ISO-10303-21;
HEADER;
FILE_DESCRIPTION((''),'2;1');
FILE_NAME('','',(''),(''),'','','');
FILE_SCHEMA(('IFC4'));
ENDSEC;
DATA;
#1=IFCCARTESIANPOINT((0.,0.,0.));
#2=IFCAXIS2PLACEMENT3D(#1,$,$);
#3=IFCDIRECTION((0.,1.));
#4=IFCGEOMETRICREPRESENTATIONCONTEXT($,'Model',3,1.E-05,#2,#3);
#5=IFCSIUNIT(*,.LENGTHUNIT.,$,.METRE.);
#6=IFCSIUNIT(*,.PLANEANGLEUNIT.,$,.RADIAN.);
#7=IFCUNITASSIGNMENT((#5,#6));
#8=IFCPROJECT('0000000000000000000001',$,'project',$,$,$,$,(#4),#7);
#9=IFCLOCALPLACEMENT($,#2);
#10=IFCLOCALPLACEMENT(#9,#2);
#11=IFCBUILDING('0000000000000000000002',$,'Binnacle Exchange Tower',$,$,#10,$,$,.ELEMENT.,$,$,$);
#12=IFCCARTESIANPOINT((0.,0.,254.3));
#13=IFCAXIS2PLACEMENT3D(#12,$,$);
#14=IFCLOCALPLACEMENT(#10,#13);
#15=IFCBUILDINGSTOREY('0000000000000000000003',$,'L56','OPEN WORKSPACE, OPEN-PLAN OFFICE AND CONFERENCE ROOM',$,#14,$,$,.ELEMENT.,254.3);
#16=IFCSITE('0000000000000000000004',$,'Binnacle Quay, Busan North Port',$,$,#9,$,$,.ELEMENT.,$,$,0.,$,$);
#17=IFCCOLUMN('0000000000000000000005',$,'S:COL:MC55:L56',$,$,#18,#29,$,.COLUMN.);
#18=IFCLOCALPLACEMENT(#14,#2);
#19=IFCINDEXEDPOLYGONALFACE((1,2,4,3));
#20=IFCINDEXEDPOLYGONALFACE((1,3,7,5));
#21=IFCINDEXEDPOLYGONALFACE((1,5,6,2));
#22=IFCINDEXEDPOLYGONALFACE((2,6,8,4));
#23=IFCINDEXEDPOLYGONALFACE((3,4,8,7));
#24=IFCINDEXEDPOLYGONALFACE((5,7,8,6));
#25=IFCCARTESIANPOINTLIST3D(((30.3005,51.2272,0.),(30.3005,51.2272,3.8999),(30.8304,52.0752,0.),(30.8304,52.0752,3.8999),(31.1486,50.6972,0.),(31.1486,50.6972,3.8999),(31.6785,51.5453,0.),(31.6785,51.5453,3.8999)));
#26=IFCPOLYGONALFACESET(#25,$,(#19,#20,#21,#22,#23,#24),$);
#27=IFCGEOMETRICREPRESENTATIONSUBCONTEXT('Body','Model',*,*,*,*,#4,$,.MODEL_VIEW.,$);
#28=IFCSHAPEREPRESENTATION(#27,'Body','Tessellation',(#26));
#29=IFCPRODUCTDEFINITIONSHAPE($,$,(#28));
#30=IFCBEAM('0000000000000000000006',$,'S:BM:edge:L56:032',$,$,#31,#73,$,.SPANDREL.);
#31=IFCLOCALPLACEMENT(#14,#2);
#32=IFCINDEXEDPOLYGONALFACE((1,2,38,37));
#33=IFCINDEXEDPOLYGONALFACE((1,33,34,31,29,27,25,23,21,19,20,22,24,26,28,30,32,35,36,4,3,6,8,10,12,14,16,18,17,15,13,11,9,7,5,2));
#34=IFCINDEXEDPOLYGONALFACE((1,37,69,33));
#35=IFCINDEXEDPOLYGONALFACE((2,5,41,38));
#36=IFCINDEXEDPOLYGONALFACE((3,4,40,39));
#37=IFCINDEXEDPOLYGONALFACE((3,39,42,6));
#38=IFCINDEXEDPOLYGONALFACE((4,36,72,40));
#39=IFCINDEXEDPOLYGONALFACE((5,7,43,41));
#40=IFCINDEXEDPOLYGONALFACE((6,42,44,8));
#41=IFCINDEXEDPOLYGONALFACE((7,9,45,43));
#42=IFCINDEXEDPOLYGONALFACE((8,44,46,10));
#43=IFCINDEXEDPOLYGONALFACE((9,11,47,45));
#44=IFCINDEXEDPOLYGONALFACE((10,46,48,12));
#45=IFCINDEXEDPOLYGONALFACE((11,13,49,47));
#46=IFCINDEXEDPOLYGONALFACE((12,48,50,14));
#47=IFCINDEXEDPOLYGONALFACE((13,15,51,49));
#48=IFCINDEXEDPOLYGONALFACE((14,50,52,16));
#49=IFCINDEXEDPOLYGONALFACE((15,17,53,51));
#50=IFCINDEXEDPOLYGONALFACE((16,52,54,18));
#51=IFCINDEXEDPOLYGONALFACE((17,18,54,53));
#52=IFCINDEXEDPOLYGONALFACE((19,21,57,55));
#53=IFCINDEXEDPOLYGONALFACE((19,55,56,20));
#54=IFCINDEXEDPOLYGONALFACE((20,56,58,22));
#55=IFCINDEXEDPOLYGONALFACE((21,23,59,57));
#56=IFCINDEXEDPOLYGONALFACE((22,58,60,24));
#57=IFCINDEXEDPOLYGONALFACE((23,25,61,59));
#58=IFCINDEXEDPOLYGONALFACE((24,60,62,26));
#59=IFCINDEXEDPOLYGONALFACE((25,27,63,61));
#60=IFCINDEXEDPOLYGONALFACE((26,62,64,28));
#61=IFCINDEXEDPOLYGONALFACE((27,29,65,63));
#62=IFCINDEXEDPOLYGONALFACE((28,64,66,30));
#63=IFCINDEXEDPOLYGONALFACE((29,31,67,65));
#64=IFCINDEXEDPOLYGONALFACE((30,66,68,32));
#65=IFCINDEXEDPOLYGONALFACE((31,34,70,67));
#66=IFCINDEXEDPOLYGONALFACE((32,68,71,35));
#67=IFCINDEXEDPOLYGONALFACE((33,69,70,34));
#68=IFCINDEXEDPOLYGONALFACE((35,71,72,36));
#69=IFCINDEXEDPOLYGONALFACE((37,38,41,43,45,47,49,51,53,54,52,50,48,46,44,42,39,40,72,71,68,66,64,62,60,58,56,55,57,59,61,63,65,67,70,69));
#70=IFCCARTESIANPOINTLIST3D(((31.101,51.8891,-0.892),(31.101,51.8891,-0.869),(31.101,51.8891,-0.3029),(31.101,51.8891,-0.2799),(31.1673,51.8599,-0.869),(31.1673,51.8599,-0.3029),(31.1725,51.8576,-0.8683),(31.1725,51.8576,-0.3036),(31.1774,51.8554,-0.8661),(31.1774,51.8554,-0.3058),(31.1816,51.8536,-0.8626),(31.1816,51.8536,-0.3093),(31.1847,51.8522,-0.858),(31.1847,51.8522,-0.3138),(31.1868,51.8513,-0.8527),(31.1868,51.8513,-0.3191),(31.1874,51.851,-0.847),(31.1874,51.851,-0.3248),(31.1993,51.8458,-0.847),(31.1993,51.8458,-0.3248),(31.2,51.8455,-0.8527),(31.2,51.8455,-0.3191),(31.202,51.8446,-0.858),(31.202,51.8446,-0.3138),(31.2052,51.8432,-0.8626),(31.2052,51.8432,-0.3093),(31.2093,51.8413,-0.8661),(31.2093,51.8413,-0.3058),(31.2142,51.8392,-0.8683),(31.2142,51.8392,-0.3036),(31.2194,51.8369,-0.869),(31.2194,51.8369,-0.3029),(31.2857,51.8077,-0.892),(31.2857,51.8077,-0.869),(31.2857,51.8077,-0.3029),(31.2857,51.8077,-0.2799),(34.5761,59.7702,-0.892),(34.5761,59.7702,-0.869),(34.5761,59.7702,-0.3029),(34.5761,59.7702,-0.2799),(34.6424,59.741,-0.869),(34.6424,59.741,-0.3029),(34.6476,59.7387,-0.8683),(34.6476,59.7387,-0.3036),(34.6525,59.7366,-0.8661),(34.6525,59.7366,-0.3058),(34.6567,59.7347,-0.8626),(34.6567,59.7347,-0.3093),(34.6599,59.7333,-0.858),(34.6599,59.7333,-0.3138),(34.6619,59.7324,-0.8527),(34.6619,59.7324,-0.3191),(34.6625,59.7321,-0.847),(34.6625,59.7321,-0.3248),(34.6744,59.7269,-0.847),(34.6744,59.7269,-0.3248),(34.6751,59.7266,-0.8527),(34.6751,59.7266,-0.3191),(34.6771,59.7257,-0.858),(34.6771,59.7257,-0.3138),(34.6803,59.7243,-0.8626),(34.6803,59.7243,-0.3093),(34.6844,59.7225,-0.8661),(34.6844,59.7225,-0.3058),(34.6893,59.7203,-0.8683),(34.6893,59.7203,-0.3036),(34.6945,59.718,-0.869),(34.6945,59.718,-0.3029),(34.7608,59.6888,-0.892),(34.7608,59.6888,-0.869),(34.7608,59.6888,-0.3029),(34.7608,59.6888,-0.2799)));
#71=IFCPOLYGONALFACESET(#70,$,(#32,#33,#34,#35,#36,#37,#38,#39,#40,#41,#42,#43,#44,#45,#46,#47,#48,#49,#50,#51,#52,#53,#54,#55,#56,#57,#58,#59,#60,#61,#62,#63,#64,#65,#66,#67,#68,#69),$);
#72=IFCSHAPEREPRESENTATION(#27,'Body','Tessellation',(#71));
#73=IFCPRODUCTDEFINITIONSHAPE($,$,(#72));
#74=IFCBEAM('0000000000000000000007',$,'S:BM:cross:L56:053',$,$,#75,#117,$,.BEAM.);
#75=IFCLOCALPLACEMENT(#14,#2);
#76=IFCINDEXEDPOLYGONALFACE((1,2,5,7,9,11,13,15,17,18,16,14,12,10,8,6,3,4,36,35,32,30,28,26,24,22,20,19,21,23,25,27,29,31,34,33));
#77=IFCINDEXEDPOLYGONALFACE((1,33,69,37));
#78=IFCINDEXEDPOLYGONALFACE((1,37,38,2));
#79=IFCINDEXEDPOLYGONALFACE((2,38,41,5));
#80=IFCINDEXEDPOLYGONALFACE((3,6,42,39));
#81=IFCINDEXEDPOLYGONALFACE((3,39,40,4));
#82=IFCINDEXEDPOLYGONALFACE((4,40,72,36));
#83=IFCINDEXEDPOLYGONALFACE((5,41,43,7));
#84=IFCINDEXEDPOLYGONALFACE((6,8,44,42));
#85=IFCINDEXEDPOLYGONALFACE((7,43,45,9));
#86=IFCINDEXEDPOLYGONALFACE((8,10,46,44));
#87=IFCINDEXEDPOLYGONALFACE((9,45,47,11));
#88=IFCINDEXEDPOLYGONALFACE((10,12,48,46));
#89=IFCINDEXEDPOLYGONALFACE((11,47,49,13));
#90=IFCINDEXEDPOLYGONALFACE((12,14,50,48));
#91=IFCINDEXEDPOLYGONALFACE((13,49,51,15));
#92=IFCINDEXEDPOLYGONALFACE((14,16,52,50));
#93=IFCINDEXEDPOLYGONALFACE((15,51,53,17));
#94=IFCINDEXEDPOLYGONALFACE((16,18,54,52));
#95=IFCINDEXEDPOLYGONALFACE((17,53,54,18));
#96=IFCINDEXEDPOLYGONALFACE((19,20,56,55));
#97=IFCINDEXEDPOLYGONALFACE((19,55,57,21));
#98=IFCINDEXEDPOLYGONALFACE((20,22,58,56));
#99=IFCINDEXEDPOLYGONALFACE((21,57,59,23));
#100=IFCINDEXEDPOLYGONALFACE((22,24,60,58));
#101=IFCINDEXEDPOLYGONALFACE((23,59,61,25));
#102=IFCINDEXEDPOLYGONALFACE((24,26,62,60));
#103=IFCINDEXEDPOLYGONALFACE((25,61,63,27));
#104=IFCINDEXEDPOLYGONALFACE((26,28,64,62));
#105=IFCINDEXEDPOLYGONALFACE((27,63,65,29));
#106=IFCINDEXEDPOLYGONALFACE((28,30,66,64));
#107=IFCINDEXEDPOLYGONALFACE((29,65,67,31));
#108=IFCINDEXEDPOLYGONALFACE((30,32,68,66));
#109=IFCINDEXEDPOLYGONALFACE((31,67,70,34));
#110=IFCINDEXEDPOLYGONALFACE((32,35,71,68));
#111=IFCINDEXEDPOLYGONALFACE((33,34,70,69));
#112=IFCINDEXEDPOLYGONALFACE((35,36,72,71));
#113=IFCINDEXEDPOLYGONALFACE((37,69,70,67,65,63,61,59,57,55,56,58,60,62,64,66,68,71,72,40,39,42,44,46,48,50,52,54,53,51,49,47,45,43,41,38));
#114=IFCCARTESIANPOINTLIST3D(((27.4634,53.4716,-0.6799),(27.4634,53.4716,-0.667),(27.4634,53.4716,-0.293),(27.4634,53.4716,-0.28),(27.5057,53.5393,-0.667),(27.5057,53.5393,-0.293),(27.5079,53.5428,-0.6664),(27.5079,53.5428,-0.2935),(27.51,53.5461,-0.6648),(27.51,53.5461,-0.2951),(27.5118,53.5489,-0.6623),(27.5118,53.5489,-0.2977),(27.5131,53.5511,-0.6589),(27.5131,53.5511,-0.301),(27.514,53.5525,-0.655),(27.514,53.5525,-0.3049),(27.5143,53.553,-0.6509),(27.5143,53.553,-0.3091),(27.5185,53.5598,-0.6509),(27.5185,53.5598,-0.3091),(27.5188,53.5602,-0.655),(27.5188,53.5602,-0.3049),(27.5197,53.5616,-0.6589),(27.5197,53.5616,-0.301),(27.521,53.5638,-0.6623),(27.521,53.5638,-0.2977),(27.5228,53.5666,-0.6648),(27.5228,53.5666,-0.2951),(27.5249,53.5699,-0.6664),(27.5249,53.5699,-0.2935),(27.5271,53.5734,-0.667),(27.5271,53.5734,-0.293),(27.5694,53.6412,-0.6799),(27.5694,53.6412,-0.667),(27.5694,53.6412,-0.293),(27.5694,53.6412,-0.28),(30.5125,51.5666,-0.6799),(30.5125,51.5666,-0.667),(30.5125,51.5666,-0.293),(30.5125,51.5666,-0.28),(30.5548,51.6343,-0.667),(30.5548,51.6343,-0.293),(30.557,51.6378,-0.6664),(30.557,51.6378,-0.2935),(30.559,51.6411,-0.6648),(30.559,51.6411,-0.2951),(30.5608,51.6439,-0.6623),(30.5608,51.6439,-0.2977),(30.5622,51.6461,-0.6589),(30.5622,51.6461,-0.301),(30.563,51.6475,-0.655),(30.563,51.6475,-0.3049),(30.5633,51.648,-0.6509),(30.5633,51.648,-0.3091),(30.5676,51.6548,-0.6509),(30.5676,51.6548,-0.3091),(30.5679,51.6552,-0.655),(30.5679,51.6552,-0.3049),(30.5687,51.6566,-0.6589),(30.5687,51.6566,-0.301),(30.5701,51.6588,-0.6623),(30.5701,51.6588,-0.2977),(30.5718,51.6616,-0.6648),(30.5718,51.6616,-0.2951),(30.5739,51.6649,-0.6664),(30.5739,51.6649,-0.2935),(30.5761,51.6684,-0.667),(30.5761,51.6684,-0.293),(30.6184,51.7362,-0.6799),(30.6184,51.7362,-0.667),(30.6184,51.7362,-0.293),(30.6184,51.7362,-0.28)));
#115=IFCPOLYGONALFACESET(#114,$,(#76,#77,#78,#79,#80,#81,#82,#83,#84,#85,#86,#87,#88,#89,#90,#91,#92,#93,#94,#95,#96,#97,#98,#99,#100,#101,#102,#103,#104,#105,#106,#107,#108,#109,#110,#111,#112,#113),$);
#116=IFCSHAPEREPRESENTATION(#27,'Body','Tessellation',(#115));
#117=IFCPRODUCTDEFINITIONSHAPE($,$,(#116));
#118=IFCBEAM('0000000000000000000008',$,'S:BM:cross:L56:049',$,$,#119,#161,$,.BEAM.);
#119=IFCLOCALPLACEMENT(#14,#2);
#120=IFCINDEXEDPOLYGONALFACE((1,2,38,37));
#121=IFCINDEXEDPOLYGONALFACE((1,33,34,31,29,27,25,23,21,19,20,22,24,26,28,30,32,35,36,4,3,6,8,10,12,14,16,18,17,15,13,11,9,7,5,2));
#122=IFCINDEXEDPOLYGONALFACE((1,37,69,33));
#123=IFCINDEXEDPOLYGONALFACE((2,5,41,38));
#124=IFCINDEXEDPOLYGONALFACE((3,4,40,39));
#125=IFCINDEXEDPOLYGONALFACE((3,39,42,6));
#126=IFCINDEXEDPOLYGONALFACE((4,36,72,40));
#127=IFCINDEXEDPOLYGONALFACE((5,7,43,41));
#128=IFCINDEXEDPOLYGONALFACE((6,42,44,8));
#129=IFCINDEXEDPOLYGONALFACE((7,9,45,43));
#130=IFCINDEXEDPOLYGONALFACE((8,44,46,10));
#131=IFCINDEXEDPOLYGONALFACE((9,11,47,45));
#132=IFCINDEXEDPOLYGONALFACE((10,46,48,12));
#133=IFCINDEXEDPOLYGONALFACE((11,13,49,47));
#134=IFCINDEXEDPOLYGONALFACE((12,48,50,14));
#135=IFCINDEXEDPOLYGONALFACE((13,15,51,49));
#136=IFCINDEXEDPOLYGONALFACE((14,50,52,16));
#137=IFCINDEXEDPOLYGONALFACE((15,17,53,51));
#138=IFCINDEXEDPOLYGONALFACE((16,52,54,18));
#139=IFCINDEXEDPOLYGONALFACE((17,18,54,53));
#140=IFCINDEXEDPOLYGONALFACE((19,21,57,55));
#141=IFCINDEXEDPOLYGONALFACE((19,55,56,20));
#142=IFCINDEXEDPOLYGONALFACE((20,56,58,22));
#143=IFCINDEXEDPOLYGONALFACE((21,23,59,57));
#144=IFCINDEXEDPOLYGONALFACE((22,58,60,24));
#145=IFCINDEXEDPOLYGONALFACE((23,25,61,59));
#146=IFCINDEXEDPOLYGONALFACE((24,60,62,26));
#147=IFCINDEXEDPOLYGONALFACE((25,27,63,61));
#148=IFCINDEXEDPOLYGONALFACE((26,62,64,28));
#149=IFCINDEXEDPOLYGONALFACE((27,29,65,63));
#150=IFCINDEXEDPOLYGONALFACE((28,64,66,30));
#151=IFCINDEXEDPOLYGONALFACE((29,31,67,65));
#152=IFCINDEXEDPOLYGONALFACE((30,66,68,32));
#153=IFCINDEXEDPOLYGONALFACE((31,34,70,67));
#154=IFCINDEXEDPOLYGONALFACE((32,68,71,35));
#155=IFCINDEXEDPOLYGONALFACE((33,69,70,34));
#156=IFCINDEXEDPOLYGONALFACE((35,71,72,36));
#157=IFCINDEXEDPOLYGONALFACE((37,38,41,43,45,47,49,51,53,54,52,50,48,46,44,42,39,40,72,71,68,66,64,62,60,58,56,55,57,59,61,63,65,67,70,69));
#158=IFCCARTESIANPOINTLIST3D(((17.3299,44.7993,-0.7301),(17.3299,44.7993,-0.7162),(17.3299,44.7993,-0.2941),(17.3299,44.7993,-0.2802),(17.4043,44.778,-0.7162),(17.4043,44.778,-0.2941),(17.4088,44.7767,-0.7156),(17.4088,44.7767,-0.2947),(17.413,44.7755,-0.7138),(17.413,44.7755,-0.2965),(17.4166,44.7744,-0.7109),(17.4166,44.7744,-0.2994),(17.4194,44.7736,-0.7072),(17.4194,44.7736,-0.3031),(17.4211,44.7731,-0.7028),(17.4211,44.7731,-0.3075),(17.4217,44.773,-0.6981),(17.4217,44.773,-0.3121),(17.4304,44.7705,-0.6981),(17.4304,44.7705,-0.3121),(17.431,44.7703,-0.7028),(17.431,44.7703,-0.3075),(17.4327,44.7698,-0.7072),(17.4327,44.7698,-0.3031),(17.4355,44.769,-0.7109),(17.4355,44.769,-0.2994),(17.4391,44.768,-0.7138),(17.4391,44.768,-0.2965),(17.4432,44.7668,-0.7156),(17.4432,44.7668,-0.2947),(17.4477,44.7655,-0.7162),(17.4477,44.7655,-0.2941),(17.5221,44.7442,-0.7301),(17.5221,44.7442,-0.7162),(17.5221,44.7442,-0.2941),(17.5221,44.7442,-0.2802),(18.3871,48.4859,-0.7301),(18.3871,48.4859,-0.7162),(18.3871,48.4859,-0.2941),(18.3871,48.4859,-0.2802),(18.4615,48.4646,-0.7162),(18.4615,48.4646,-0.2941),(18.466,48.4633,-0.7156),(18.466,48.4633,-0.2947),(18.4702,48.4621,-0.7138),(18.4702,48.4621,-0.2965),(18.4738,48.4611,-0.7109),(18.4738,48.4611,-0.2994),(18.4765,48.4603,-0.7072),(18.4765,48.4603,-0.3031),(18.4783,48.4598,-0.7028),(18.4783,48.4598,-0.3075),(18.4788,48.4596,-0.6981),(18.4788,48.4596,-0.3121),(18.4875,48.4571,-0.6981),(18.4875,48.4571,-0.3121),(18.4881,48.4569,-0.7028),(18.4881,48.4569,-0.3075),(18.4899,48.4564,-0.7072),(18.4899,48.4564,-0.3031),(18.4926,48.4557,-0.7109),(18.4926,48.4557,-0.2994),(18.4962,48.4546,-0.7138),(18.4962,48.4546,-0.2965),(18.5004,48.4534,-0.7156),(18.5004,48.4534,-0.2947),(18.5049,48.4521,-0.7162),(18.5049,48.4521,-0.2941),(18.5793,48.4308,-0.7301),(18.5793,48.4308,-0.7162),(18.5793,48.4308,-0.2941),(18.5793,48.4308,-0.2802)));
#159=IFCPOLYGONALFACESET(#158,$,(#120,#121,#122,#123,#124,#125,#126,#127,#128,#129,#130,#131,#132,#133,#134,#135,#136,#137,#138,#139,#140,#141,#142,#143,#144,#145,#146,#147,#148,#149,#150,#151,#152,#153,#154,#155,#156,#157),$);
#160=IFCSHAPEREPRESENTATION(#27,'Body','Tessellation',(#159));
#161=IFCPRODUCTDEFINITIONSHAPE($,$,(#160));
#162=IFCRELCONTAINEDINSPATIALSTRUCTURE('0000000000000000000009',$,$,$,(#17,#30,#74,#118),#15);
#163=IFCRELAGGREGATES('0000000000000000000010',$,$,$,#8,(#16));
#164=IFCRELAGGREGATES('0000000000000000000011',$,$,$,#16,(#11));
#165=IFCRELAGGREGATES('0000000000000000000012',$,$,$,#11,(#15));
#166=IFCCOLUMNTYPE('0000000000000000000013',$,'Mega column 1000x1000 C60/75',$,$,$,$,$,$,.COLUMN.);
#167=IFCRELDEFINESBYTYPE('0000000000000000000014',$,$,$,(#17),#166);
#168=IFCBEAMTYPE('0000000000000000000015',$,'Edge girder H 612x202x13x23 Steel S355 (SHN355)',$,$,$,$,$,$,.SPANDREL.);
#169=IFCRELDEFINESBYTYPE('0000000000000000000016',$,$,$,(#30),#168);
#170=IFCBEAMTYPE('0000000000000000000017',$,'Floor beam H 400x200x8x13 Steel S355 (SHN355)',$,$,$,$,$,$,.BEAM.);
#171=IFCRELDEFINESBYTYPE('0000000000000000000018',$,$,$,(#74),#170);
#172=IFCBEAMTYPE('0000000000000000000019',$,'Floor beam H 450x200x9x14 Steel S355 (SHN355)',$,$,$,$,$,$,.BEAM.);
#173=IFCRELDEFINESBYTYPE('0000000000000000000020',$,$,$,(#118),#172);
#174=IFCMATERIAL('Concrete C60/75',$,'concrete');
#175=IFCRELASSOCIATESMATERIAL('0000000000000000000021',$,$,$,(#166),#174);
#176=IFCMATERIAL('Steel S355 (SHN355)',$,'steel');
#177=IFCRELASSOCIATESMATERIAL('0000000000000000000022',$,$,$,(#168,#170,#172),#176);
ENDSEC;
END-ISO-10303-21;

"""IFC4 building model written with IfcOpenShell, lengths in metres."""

from ifc_helpers import new_model, si_unit, direction, frame, origin, origin_2d, place, context, subcontext, project, spatial, rectangle, i_section, extrude, material, material_profile, profile_set, type_object, element, save


model = new_model("IFC4")

# Units and contexts
model_context = context("Model", 3, precision=1e-05, world=origin(), true_north=direction((0.0, 1.0)))
body_context = subcontext(model_context, "Body", "Model", "MODEL_VIEW")
ifc_project = project(units=[si_unit("LENGTHUNIT", "METRE"), si_unit("PLANEANGLEUNIT", "RADIAN")], contexts=[model_context])

# Site, building, storey
site_placement = place(None, origin())
site = spatial("IfcSite", under=ifc_project, at=site_placement, Name="Binnacle Quay, Busan North Port", CompositionType="ELEMENT", RefElevation=0.0)
building_placement = place(site_placement, origin())
building = spatial("IfcBuilding", under=site, at=building_placement, Name="Binnacle Exchange Tower", CompositionType="ELEMENT")
storey_placement = place(building_placement, frame((0.0, 0.0, 254.3)))
storey = spatial("IfcBuildingStorey", under=building, at=storey_placement, Name="L56", Description="OPEN WORKSPACE, OPEN-PLAN OFFICE AND CONFERENCE ROOM", CompositionType="ELEMENT", Elevation=254.3)

# Column
ifc_material_1 = material(Name="Concrete C60/75", Category="concrete")
ifc_material_profile_1 = material_profile(ifc_material_1, rectangle(XDim=1.0, YDim=1.0, at=origin_2d()), Name="Mega column 1000x1000 C60/75")
ifc_profile_set_1 = profile_set([ifc_material_profile_1], Name="Concrete C60/75")
column_type = type_object("IfcColumnType", Name="Mega column 1000x1000 C60/75", PredefinedType="COLUMN", material=ifc_profile_set_1)
column_placement = place(storey_placement, frame((30.9895, 51.3862, 0.0), z_axis=(0.0, 0.0, 1.0), x_axis=(0.529919, 0.848048, 0.0)))
element("IfcColumn", 1, at=column_placement, inside=storey, type_object=column_type, Name="S:COL:MC55:L56", PredefinedType="COLUMN", context=body_context, shape_type="SweptSolid", body=[
    extrude(rectangle(XDim=1.0, YDim=1.0, at=origin_2d()), origin(), (0.0, 0.0, 1.0), 3.8999),
])

# Beams
ifc_material_2 = material(Name="Steel S355 (SHN355)", Category="steel")
ifc_material_profile_2 = material_profile(ifc_material_2, i_section(OverallWidth=0.2019, OverallDepth=0.6121, WebThickness=0.0129, FlangeThickness=0.0229, FilletRadius=0.022, at=origin_2d()), Name="H 612x202x13x23")
ifc_profile_set_2 = profile_set([ifc_material_profile_2], Name="Steel S355 (SHN355)")
beam_type_1 = type_object("IfcBeamType", Name="Edge girder H 612x202x13x23 Steel S355 (SHN355)", PredefinedType="SPANDREL", material=ifc_profile_set_2)
beam_1_placement = place(storey_placement, frame((31.1934, 51.8484, -0.5859), z_axis=(0.403459, 0.914998, 0.0), x_axis=(-0.914998, 0.403459, 0.0)))
element("IfcBeam", 2, at=beam_1_placement, inside=storey, type_object=beam_type_1, Name="S:BM:edge:L56:032", PredefinedType="SPANDREL", context=body_context, shape_type="SweptSolid", body=[
    extrude(i_section(OverallWidth=0.2019, OverallDepth=0.6121, WebThickness=0.0129, FlangeThickness=0.0229, FilletRadius=0.022, at=origin_2d()), origin(), (0.0, 0.0, 1.0), 8.6133),
])
ifc_material_profile_3 = material_profile(ifc_material_2, i_section(OverallWidth=0.2, OverallDepth=0.3999, WebThickness=0.0081, FlangeThickness=0.0129, FilletRadius=0.0161, at=origin_2d()), Name="H 400x200x8x13")
ifc_profile_set_3 = profile_set([ifc_material_profile_3], Name="Steel S355 (SHN355)")
beam_type_2 = type_object("IfcBeamType", Name="Floor beam H 400x200x8x13 Steel S355 (SHN355)", PredefinedType="BEAM", material=ifc_profile_set_3)
beam_2_placement = place(storey_placement, frame((30.5654, 51.6514, -0.48), z_axis=(-0.848078, 0.529871, 0.0), x_axis=(-0.529871, -0.848078, 0.0)))
element("IfcBeam", 3, at=beam_2_placement, inside=storey, type_object=beam_type_2, Name="S:BM:cross:L56:053", PredefinedType="BEAM", context=body_context, shape_type="SweptSolid", body=[
    extrude(i_section(OverallWidth=0.2, OverallDepth=0.3999, WebThickness=0.0081, FlangeThickness=0.0129, FilletRadius=0.0161, at=origin_2d()), origin(), (0.0, 0.0, 1.0), 3.5952),
])
ifc_material_profile_4 = material_profile(ifc_material_2, i_section(OverallWidth=0.2, OverallDepth=0.45, WebThickness=0.009, FlangeThickness=0.0139, FilletRadius=0.0181, at=origin_2d()), Name="H 450x200x9x14")
ifc_profile_set_4 = profile_set([ifc_material_profile_4], Name="Steel S355 (SHN355)")
beam_type_3 = type_object("IfcBeamType", Name="Floor beam H 450x200x9x14 Steel S355 (SHN355)", PredefinedType="BEAM", material=ifc_profile_set_4)
beam_3_placement = place(storey_placement, frame((17.426, 44.7717, -0.5051), z_axis=(0.275646, 0.961259, 0.0), x_axis=(-0.961259, 0.275646, 0.0)))
element("IfcBeam", 4, at=beam_3_placement, inside=storey, type_object=beam_type_3, Name="S:BM:cross:L56:049", PredefinedType="BEAM", context=body_context, shape_type="SweptSolid", body=[
    extrude(i_section(OverallWidth=0.2, OverallDepth=0.45, WebThickness=0.009, FlangeThickness=0.0139, FilletRadius=0.0181, at=origin_2d()), origin(), (0.0, 0.0, 1.0), 3.8352),
])

save(model, "model.ifc")
